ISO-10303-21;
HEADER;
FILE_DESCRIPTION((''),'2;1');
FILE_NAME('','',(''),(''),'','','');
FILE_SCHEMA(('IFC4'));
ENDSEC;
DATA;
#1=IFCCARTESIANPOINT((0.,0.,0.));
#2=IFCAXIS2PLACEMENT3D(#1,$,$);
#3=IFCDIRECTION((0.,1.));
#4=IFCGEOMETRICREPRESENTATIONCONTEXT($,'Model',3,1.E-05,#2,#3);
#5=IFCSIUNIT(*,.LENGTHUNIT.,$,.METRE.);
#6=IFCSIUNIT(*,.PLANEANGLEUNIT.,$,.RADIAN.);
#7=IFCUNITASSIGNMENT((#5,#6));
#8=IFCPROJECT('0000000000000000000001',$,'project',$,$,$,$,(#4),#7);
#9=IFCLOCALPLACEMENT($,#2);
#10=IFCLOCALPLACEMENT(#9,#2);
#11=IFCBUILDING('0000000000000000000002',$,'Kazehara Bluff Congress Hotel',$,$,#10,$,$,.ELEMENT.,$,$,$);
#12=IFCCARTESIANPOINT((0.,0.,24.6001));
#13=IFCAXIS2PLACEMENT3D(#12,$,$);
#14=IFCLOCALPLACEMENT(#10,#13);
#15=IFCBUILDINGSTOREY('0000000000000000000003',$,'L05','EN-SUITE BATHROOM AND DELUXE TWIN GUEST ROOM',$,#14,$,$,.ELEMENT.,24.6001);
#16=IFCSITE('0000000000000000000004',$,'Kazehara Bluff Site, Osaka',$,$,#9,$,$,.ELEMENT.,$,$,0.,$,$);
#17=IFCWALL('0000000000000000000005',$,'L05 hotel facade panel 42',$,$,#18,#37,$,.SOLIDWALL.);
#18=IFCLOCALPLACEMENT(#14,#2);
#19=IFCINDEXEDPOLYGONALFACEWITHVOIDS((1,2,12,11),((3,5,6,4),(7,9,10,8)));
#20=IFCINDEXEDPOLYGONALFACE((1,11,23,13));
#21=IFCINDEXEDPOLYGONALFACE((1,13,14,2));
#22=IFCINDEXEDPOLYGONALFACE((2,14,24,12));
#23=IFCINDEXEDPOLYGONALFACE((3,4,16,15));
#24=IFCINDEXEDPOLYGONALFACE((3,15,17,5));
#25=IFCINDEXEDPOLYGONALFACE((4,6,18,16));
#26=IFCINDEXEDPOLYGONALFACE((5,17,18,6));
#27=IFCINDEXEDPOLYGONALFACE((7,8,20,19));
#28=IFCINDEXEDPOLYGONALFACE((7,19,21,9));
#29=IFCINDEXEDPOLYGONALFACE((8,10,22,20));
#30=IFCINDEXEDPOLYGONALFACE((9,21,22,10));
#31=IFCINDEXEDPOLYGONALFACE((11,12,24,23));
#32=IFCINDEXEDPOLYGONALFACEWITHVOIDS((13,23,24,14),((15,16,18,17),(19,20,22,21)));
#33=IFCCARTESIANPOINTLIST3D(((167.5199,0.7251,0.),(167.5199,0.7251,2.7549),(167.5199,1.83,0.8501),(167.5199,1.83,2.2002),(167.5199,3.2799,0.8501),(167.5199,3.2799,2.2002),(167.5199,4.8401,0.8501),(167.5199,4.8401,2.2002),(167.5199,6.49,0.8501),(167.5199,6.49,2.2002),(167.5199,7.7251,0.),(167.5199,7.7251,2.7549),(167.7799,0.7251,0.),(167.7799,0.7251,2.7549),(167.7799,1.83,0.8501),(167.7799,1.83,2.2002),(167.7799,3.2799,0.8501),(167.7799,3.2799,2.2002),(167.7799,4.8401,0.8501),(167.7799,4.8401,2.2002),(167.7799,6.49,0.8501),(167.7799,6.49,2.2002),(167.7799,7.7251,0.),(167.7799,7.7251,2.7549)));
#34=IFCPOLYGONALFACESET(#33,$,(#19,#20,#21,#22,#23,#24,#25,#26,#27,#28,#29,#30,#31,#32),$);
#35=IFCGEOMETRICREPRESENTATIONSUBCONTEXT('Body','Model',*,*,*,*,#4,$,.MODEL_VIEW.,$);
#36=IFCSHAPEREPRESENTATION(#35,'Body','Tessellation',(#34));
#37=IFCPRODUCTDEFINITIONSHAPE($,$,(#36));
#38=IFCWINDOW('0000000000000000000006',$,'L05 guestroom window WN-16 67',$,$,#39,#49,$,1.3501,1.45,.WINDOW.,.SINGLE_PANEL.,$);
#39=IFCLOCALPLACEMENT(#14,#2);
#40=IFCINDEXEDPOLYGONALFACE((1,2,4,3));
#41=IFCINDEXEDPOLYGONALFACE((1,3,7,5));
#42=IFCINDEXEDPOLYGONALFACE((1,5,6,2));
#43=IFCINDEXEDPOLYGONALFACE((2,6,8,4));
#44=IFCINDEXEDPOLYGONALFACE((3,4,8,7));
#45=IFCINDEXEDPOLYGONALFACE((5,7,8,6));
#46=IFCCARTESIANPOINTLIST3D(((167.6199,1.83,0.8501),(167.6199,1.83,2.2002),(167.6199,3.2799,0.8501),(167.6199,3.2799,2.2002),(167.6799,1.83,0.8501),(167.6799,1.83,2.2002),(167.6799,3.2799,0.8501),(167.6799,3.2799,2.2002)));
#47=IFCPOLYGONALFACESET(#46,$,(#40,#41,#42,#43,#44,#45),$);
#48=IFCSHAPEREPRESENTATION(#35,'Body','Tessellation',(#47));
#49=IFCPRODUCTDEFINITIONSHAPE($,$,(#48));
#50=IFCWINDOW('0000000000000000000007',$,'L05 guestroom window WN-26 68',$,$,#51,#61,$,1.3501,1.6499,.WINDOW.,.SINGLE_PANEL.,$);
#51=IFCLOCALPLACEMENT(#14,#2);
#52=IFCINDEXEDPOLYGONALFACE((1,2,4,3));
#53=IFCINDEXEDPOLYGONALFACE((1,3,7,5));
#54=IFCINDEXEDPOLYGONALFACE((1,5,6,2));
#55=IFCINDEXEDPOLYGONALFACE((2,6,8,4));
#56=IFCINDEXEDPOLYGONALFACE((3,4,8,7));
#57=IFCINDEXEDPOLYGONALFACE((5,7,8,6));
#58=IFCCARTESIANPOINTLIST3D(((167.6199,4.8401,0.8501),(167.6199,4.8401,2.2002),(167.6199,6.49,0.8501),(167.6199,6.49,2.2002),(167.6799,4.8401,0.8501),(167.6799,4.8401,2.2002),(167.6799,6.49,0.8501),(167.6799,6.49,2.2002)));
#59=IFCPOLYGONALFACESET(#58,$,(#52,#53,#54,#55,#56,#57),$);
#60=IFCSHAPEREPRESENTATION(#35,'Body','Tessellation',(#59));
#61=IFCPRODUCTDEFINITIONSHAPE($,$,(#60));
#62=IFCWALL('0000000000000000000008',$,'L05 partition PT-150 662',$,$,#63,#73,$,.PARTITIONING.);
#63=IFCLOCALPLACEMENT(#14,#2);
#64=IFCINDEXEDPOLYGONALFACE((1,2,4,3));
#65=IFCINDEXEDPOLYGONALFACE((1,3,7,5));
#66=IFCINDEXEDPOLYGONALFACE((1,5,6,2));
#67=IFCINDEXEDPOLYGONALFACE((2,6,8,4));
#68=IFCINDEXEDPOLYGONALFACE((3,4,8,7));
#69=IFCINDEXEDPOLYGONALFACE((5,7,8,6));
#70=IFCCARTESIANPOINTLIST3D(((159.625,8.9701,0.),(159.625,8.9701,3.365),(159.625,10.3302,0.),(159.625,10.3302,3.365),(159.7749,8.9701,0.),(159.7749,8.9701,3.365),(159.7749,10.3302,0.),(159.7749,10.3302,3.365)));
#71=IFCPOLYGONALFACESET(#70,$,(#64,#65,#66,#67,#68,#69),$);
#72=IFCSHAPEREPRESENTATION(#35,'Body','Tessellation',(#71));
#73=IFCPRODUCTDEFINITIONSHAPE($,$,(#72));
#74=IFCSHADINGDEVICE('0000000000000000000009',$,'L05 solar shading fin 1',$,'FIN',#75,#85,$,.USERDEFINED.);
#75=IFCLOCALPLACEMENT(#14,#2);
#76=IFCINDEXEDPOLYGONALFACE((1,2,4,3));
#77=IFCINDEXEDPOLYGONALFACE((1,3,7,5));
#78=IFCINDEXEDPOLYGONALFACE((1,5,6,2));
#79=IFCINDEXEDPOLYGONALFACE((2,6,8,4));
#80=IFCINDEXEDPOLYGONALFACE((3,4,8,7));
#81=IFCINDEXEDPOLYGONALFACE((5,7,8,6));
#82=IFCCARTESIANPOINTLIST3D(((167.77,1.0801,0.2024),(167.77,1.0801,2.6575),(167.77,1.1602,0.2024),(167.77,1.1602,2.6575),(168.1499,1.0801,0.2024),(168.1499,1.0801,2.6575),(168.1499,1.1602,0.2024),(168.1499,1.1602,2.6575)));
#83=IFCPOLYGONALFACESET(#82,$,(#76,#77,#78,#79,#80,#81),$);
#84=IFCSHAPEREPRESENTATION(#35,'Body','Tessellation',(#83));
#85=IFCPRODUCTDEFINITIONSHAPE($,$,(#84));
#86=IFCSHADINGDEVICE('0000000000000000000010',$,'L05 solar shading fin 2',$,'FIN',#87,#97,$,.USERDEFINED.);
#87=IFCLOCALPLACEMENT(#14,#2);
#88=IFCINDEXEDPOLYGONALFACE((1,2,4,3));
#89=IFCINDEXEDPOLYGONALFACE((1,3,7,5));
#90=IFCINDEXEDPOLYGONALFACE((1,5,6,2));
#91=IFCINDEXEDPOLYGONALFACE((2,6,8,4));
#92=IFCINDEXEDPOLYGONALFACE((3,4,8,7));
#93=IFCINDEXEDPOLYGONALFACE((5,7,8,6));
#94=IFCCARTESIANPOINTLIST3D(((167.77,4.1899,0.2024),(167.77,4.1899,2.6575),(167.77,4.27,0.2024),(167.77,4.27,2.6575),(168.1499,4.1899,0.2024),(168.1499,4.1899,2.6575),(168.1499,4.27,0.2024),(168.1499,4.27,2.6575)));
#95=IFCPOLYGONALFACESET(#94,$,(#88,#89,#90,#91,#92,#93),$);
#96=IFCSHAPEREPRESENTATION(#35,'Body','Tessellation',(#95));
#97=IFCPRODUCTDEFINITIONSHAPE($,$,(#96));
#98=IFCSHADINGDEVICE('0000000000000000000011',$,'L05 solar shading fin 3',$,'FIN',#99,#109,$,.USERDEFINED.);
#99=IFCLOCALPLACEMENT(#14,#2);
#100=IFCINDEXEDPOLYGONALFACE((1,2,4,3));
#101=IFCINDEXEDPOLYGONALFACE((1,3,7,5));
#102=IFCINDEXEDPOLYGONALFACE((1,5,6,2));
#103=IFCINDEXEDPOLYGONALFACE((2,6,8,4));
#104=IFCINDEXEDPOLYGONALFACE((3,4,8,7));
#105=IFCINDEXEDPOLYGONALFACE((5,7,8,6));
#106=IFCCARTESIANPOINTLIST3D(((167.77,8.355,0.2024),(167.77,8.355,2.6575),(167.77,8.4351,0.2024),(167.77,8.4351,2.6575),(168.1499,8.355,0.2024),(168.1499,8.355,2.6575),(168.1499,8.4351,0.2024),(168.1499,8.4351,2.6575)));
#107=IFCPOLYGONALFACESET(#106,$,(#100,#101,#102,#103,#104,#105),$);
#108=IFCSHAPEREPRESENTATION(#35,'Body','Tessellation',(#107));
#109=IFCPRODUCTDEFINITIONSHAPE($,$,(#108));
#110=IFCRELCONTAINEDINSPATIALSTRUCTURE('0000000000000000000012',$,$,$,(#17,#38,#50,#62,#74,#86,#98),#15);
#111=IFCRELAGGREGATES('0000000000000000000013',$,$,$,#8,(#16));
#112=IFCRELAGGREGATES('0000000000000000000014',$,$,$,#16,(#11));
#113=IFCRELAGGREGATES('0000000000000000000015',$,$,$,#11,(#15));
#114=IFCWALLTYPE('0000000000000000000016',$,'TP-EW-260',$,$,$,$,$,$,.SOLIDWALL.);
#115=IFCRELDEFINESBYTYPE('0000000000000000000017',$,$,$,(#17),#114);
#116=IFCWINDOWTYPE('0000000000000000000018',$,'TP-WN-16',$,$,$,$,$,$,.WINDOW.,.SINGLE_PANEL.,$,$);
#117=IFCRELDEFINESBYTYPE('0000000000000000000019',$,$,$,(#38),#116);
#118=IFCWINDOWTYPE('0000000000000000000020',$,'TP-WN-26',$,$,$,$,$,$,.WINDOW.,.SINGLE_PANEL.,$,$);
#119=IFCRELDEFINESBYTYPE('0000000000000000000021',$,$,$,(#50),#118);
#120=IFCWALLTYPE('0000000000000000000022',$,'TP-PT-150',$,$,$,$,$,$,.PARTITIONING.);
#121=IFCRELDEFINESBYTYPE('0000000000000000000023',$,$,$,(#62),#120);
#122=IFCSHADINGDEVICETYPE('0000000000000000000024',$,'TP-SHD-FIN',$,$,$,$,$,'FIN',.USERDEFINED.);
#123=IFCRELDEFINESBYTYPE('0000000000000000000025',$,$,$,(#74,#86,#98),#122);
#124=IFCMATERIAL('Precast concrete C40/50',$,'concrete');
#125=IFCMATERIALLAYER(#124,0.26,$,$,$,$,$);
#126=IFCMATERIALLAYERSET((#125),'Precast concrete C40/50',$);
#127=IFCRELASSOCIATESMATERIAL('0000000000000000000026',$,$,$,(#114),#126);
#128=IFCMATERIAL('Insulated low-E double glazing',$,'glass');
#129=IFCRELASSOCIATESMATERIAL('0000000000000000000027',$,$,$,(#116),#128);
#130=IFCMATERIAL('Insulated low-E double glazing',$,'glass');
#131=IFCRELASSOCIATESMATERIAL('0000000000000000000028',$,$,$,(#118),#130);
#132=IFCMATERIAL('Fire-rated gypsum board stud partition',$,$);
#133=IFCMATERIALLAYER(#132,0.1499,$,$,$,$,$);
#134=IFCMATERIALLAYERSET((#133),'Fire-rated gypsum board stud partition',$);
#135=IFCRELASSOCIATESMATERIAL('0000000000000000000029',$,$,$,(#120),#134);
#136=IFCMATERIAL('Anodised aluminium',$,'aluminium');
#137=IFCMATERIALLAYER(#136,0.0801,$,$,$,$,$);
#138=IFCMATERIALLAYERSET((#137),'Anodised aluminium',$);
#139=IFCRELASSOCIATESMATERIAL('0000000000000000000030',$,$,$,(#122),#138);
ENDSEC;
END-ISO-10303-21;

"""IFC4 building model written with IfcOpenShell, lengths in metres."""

from ifc_helpers import new_model, si_unit, direction, frame, frame_2d, origin, origin_2d, place, context, subcontext, project, spatial, rectangle, extrude, material, layer, layer_set, type_object, element, fill, save


model = new_model("IFC4")

# Units and contexts
model_context = context("Model", 3, precision=1e-05, world=origin(), true_north=direction((0.0, 1.0)))
body_context = subcontext(model_context, "Body", "Model", "MODEL_VIEW")
ifc_project = project(units=[si_unit("LENGTHUNIT", "METRE"), si_unit("PLANEANGLEUNIT", "RADIAN")], contexts=[model_context])

# Site, building, storey
site_placement = place(None, origin())
site = spatial("IfcSite", under=ifc_project, at=site_placement, Name="Kazehara Bluff Site, Osaka", CompositionType="ELEMENT", RefElevation=0.0)
building_placement = place(site_placement, origin())
building = spatial("IfcBuilding", under=site, at=building_placement, Name="Kazehara Bluff Congress Hotel", CompositionType="ELEMENT")
storey_placement = place(building_placement, frame((0.0, 0.0, 24.6001)))
storey = spatial("IfcBuildingStorey", under=building, at=storey_placement, Name="L05", Description="EN-SUITE BATHROOM AND DELUXE TWIN GUEST ROOM", CompositionType="ELEMENT", Elevation=24.6001)

# Wall, openings, windows
ifc_material_1 = material(Name="Precast concrete C40/50", Category="concrete")
ifc_layer_1 = layer(ifc_material_1, 0.26)
ifc_layer_set_1 = layer_set([ifc_layer_1], Name="Precast concrete C40/50")
wall_type_1 = type_object("IfcWallType", Name="TP-EW-260", PredefinedType="SOLIDWALL", material=ifc_layer_set_1)
wall_1_placement = place(storey_placement, frame((167.6499, 7.7251, 0.0), z_axis=(0.0, 0.0, 1.0), x_axis=(0.0, -1.0, 0.0)))
wall_1 = element("IfcWall", 1, at=wall_1_placement, inside=storey, type_object=wall_type_1, Name="L05 hotel facade panel 42", PredefinedType="SOLIDWALL", context=body_context, shape_type="SweptSolid", body=[
    extrude(rectangle(XDim=7.0, YDim=0.26, at=frame_2d((3.5, 0.0))), origin(), (0.0, 0.0, 1.0), 2.7549),
])
opening_1_placement = place(wall_1_placement, frame((4.4451, 0.0, 0.8501)))
opening_1 = element("IfcOpeningElement", 2, at=opening_1_placement, cuts=wall_1, PredefinedType="OPENING", context=body_context, shape_type="SweptSolid", body=[
    extrude(rectangle(XDim=1.45, YDim=1.3501, at=frame_2d((0.7251, 0.675))), frame((0.0, 0.1399, 0.0), z_axis=(0.0, -1.0, 0.0), x_axis=(1.0, 0.0, 0.0)), (0.0, 0.0, 1.0), 0.28),
])
opening_2_placement = place(wall_1_placement, frame((1.2351, 0.0, 0.8501)))
opening_2 = element("IfcOpeningElement", 3, at=opening_2_placement, cuts=wall_1, PredefinedType="OPENING", context=body_context, shape_type="SweptSolid", body=[
    extrude(rectangle(XDim=1.6499, YDim=1.3501, at=frame_2d((0.825, 0.675))), frame((0.0, 0.1399, 0.0), z_axis=(0.0, -1.0, 0.0), x_axis=(1.0, 0.0, 0.0)), (0.0, 0.0, 1.0), 0.28),
])
ifc_material_2 = material(Name="Insulated low-E double glazing", Category="glass")
window_type_1 = type_object("IfcWindowType", Name="TP-WN-16", PartitioningType="SINGLE_PANEL", PredefinedType="WINDOW", material=ifc_material_2)
window_1_placement = place(opening_1_placement, origin())
window_1 = element("IfcWindow", 4, at=window_1_placement, inside=storey, type_object=window_type_1, Name="L05 guestroom window WN-16 67", OverallHeight=1.3501, OverallWidth=1.45, PartitioningType="SINGLE_PANEL", PredefinedType="WINDOW", context=body_context, shape_type="SweptSolid", body=[
    extrude(rectangle(XDim=1.45, YDim=1.3501, at=frame_2d((0.7251, 0.675))), frame((0.0, 0.03, 0.0), z_axis=(0.0, -1.0, 0.0), x_axis=(1.0, 0.0, 0.0)), (0.0, 0.0, 1.0), 0.0601),
])
fill(opening_1, window_1)
ifc_material_3 = material(Name="Insulated low-E double glazing", Category="glass")
window_type_2 = type_object("IfcWindowType", Name="TP-WN-26", PartitioningType="SINGLE_PANEL", PredefinedType="WINDOW", material=ifc_material_3)
window_2_placement = place(opening_2_placement, origin())
window_2 = element("IfcWindow", 5, at=window_2_placement, inside=storey, type_object=window_type_2, Name="L05 guestroom window WN-26 68", OverallHeight=1.3501, OverallWidth=1.6499, PartitioningType="SINGLE_PANEL", PredefinedType="WINDOW", context=body_context, shape_type="SweptSolid", body=[
    extrude(rectangle(XDim=1.6499, YDim=1.3501, at=frame_2d((0.825, 0.675))), frame((0.0, 0.03, 0.0), z_axis=(0.0, -1.0, 0.0), x_axis=(1.0, 0.0, 0.0)), (0.0, 0.0, 1.0), 0.0601),
])
fill(opening_2, window_2)

# Wall
ifc_material_4 = material(Name="Fire-rated gypsum board stud partition")
ifc_layer_2 = layer(ifc_material_4, 0.1499)
ifc_layer_set_2 = layer_set([ifc_layer_2], Name="Fire-rated gypsum board stud partition")
wall_type_2 = type_object("IfcWallType", Name="TP-PT-150", PredefinedType="PARTITIONING", material=ifc_layer_set_2)
wall_2_placement = place(storey_placement, frame((159.7, 8.97, 0.0), z_axis=(0.0, 0.0, 1.0), x_axis=(0.0, 1.0, 0.0)))
element("IfcWall", 6, at=wall_2_placement, inside=storey, type_object=wall_type_2, Name="L05 partition PT-150 662", PredefinedType="PARTITIONING", context=body_context, shape_type="SweptSolid", body=[
    extrude(rectangle(XDim=1.3601, YDim=0.1499, at=frame_2d((0.6802, 0.0))), origin(), (0.0, 0.0, 1.0), 3.365),
])

# Shading devices
ifc_material_5 = material(Name="Anodised aluminium", Category="aluminium")
ifc_layer_3 = layer(ifc_material_5, 0.0801)
ifc_layer_set_3 = layer_set([ifc_layer_3], Name="Anodised aluminium")
shading_device_type = type_object("IfcShadingDeviceType", Name="TP-SHD-FIN", ElementType="FIN", PredefinedType="USERDEFINED", material=ifc_layer_set_3)
for number, where, z_axis, x_axis, name in (
    (7, (167.96, 1.1201, 0.2024), (0.0, 0.0, 1.0), (1.0, 0.0, 0.0), "L05 solar shading fin 1"),
    (8, (167.96, 4.23, 0.2024), (0.0, 0.0, 1.0), (1.0, 0.0, 0.0), "L05 solar shading fin 2"),
    (9, (167.96, 8.395, 0.2024), (0.0, 0.0, 1.0), (1.0, 0.0, 0.0), "L05 solar shading fin 3"),
):
    element("IfcShadingDevice", number, at=place(storey_placement, frame(where, z_axis=z_axis, x_axis=x_axis)), inside=storey, type_object=shading_device_type, Name=name, ObjectType="FIN", PredefinedType="USERDEFINED", context=body_context, shape_type="SweptSolid", body=[
        extrude(rectangle(XDim=0.3799, YDim=0.0801, at=origin_2d()), origin(), (0.0, 0.0, 1.0), 2.4551),
    ])

save(model, "model.ifc")
